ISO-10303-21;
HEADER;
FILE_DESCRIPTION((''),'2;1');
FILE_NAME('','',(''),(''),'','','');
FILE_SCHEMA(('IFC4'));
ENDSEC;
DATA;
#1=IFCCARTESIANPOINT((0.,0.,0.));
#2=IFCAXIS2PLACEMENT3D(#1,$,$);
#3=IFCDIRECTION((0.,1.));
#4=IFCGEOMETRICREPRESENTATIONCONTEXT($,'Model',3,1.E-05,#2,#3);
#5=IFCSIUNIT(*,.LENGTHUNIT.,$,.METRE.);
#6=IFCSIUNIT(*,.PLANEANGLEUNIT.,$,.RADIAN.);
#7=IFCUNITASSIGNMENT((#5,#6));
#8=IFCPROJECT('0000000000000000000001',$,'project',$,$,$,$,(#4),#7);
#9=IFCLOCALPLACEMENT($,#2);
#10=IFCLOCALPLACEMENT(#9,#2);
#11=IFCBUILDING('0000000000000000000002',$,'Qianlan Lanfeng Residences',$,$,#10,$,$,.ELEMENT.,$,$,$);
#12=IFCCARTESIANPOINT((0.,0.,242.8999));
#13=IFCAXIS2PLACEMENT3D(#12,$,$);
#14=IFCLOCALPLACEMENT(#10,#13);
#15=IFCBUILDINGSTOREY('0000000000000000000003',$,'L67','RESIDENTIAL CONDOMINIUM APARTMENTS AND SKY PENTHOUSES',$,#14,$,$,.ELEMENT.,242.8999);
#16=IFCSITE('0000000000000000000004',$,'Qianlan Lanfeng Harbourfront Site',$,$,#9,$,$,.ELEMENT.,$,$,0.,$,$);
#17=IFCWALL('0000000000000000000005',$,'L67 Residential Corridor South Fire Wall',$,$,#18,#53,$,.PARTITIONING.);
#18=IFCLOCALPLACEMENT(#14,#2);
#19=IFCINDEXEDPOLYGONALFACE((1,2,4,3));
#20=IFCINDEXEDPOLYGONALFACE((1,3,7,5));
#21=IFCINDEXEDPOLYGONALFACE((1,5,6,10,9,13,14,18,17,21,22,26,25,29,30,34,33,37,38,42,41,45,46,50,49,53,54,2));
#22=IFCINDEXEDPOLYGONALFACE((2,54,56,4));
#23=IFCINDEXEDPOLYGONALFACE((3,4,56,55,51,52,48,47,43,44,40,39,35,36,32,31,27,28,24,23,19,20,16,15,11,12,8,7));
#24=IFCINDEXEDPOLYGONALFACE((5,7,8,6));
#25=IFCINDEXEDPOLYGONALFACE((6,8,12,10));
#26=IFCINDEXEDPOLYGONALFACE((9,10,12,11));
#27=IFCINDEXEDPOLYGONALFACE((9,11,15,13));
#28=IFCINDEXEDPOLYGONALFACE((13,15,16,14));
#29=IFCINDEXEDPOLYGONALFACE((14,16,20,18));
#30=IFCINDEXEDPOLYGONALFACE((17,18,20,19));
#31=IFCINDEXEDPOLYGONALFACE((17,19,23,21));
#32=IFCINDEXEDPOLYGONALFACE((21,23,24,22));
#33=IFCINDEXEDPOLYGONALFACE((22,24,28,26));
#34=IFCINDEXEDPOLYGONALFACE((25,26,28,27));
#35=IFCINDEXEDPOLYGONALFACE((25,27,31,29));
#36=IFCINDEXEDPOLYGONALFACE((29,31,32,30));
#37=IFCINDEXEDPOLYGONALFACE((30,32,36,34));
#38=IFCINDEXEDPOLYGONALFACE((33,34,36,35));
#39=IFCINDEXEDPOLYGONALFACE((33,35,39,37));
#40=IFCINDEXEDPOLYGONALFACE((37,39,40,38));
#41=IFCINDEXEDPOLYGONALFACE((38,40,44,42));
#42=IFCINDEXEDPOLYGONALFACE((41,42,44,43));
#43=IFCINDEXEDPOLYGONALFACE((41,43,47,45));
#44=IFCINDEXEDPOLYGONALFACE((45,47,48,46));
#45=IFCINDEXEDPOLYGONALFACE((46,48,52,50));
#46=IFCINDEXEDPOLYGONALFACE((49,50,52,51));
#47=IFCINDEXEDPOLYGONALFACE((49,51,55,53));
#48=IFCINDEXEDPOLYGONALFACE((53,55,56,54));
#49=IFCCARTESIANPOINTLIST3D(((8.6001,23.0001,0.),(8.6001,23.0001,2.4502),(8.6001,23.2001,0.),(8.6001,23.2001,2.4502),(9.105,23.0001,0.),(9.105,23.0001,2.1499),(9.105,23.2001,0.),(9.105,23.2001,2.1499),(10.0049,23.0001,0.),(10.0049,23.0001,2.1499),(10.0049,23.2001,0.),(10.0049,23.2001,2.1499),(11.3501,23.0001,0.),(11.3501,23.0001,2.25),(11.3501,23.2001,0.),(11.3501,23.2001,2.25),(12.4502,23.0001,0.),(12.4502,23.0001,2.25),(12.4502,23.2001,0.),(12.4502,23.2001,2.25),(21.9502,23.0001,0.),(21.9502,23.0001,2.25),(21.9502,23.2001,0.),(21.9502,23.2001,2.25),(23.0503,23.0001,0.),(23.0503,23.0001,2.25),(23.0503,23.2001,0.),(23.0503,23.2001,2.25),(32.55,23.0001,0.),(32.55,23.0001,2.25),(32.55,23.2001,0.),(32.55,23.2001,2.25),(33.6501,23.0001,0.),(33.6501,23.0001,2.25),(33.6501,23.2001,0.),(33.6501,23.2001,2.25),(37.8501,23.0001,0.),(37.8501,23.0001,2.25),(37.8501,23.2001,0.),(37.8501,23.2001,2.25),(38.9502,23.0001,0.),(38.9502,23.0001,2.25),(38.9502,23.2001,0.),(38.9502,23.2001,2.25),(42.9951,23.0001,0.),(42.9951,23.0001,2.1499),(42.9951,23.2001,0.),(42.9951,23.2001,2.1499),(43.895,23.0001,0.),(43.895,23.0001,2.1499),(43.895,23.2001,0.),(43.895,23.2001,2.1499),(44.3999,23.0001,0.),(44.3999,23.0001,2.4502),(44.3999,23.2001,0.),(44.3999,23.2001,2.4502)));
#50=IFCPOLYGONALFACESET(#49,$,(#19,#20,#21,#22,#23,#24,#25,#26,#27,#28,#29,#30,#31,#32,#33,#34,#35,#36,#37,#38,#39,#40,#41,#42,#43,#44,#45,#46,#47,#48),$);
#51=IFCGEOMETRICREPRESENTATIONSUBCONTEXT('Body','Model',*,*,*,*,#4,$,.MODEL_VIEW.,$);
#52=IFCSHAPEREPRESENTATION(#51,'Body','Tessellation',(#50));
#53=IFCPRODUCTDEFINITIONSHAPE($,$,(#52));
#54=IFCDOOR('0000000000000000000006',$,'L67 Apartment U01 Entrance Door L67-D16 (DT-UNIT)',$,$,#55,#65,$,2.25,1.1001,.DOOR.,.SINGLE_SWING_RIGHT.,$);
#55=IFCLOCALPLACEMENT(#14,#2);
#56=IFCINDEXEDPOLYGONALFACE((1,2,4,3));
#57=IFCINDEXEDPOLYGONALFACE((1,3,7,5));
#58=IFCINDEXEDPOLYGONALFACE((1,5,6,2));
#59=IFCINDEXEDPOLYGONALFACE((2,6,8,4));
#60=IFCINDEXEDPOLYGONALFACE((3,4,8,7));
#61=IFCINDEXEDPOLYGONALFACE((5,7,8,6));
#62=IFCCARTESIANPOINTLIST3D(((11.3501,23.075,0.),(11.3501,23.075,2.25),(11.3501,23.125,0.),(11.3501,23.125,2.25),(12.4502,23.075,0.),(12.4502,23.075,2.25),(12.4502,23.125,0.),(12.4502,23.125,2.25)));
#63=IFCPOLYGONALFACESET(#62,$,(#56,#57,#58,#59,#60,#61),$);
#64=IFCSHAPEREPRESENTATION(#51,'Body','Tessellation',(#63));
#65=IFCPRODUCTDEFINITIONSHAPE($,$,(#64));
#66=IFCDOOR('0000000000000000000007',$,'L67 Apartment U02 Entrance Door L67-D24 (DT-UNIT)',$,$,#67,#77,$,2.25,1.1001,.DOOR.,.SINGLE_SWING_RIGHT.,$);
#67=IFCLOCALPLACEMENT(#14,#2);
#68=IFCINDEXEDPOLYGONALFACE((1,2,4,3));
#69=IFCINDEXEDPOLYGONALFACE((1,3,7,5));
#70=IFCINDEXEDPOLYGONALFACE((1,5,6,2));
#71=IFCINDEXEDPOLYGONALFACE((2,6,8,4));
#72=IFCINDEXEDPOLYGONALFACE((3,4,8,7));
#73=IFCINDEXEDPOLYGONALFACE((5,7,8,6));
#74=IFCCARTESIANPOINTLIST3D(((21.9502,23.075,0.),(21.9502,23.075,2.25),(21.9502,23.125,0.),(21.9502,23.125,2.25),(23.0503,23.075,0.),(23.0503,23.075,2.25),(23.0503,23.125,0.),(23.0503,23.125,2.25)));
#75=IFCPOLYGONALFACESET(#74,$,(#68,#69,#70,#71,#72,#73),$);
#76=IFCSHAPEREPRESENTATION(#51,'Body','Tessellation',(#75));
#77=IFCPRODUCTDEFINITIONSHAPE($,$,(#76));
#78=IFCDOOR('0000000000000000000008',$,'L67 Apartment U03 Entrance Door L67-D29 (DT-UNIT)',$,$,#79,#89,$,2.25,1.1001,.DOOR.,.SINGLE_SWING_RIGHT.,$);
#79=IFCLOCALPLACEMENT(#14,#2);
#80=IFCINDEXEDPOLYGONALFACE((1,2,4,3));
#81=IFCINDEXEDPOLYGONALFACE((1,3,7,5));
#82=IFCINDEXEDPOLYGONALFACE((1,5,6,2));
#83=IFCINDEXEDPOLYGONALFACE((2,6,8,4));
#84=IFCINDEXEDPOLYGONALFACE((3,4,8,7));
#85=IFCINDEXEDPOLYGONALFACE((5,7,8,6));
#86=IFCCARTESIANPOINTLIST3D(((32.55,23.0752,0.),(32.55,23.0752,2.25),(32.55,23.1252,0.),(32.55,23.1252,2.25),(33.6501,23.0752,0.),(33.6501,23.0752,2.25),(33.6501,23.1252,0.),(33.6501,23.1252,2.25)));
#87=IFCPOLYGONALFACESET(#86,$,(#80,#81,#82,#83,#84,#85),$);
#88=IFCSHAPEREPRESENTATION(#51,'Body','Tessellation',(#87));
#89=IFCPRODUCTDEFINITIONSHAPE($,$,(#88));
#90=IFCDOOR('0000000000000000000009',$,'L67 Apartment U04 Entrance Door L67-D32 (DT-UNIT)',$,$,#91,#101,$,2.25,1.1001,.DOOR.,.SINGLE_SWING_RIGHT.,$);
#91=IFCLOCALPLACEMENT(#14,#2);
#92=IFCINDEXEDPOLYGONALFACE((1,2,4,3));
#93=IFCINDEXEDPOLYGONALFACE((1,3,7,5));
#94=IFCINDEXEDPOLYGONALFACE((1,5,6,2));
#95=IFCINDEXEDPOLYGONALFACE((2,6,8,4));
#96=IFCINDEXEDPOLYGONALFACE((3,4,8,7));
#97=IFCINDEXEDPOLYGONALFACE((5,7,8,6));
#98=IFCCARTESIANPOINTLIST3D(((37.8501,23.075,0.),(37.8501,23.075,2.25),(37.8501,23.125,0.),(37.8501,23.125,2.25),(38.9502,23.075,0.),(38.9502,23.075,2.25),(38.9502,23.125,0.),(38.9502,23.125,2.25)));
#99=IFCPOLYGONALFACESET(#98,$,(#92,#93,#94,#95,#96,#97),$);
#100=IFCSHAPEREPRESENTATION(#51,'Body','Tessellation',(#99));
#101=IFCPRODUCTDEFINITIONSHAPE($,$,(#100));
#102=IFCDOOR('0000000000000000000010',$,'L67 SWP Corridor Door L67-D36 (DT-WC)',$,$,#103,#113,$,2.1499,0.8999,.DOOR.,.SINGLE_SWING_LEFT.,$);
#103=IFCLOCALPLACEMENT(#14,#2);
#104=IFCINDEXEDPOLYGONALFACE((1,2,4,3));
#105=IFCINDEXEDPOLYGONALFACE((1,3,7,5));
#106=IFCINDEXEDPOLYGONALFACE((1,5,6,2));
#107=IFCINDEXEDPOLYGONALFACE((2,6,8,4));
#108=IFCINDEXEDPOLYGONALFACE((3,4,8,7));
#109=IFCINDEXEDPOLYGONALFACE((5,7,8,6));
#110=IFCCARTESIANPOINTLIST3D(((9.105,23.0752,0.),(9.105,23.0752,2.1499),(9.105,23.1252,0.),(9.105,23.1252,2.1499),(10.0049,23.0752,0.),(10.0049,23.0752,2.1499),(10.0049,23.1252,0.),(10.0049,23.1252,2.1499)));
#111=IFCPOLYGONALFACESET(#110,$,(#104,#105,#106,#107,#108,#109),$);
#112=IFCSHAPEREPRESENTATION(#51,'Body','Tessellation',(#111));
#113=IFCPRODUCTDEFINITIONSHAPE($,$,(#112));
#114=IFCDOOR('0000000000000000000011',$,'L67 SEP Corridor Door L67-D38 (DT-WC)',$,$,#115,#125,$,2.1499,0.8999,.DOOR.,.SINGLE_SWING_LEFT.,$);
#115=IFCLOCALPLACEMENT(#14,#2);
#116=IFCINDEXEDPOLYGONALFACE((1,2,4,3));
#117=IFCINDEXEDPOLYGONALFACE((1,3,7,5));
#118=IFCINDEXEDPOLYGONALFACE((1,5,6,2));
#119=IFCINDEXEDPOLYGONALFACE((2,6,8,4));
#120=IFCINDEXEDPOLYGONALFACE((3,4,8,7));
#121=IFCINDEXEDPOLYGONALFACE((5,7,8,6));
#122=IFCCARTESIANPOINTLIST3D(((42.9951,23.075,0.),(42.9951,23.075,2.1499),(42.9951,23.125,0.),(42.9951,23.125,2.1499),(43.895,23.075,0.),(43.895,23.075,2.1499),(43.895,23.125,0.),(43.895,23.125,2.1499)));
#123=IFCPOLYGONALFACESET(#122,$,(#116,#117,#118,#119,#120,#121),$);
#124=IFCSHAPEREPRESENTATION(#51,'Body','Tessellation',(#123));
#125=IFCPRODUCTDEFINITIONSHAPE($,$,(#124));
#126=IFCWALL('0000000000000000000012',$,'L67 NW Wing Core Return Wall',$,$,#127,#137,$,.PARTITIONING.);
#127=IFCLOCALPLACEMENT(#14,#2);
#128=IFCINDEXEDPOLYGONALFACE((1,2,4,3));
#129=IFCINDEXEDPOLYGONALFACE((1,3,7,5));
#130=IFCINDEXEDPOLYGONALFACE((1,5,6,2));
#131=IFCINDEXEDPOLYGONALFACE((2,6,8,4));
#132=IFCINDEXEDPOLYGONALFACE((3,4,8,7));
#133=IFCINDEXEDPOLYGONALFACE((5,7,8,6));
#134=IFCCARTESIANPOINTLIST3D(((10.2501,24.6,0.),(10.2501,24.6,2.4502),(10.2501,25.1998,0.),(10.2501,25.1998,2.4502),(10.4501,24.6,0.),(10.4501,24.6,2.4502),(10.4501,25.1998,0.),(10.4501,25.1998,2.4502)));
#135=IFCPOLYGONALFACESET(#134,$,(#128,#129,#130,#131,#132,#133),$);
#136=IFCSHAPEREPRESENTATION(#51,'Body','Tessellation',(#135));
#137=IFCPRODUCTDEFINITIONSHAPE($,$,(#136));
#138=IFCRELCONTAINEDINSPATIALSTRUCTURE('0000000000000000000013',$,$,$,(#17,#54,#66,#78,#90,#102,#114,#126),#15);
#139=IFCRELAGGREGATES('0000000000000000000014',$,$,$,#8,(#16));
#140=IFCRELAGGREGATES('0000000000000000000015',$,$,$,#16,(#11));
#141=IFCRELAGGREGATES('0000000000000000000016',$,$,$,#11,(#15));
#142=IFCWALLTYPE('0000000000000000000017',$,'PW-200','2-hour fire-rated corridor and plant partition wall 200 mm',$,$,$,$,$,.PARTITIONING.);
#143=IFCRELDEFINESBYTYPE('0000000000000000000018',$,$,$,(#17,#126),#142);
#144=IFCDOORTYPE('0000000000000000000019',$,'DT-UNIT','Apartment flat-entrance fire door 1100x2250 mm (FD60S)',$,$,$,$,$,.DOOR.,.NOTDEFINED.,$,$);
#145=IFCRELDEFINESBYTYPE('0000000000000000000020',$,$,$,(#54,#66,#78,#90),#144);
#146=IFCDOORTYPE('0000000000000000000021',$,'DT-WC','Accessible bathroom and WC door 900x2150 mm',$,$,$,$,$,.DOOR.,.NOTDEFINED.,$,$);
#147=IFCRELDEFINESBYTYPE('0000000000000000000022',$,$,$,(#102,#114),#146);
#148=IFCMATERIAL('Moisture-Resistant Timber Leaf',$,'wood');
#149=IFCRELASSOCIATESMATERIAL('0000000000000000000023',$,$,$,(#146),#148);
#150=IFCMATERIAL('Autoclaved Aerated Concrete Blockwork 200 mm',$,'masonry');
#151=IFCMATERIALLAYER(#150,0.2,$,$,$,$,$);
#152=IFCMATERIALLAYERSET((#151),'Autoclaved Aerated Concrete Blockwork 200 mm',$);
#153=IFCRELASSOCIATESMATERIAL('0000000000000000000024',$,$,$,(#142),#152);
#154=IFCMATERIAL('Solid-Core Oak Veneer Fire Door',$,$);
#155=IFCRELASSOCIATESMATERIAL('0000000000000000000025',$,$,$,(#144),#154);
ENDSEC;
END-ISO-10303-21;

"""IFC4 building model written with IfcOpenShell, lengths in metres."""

from ifc_helpers import new_model, si_unit, direction, frame, frame_2d, origin, place, context, subcontext, project, spatial, rectangle, extrude, material, layer, layer_set, type_object, element, fill, save


model = new_model("IFC4")

# Units and contexts
model_context = context("Model", 3, precision=1e-05, world=origin(), true_north=direction((0.0, 1.0)))
body_context = subcontext(model_context, "Body", "Model", "MODEL_VIEW")
ifc_project = project(units=[si_unit("LENGTHUNIT", "METRE"), si_unit("PLANEANGLEUNIT", "RADIAN")], contexts=[model_context])

# Site, building, storey
site_placement = place(None, origin())
site = spatial("IfcSite", under=ifc_project, at=site_placement, Name="Qianlan Lanfeng Harbourfront Site", CompositionType="ELEMENT", RefElevation=0.0)
building_placement = place(site_placement, origin())
building = spatial("IfcBuilding", under=site, at=building_placement, Name="Qianlan Lanfeng Residences", CompositionType="ELEMENT")
storey_placement = place(building_placement, frame((0.0, 0.0, 242.8999)))
storey = spatial("IfcBuildingStorey", under=building, at=storey_placement, Name="L67", Description="RESIDENTIAL CONDOMINIUM APARTMENTS AND SKY PENTHOUSES", CompositionType="ELEMENT", Elevation=242.8999)

# Shared definitions
ifc_material_1 = material(Name="Moisture-Resistant Timber Leaf", Category="wood")
door_type_1 = type_object("IfcDoorType", Name="DT-WC", Description="Accessible bathroom and WC door 900x2150 mm", OperationType="NOTDEFINED", PredefinedType="DOOR", material=ifc_material_1)

# Wall, openings, doors
ifc_material_2 = material(Name="Autoclaved Aerated Concrete Blockwork 200 mm", Category="masonry")
ifc_layer_1 = layer(ifc_material_2, 0.2)
ifc_layer_set_1 = layer_set([ifc_layer_1], Name="Autoclaved Aerated Concrete Blockwork 200 mm")
wall_type_1 = type_object("IfcWallType", Name="PW-200", Description="2-hour fire-rated corridor and plant partition wall 200 mm", PredefinedType="PARTITIONING", material=ifc_layer_set_1)
wall_1_placement = place(storey_placement, frame((8.6001, 23.1001, 0.0), z_axis=(0.0, 0.0, 1.0), x_axis=(1.0, 0.0, 0.0)))
wall_1 = element("IfcWall", 1, at=wall_1_placement, inside=storey, type_object=wall_type_1, Name="L67 Residential Corridor South Fire Wall", PredefinedType="PARTITIONING", context=body_context, shape_type="SweptSolid", body=[
    extrude(rectangle(XDim=35.7998, YDim=0.2, at=frame_2d((17.8999, 0.0))), origin(), (0.0, 0.0, 1.0), 2.4502),
])
opening_1_placement = place(wall_1_placement, frame((2.75, 0.0, 0.0)))
opening_1 = element("IfcOpeningElement", 2, at=opening_1_placement, cuts=wall_1, PredefinedType="OPENING", context=body_context, shape_type="SweptSolid", body=[
    extrude(rectangle(XDim=1.1001, YDim=2.25, at=frame_2d((0.55, 1.125))), frame((0.0, 0.1099, 0.0), z_axis=(0.0, -1.0, 0.0), x_axis=(1.0, 0.0, 0.0)), (0.0, 0.0, 1.0), 0.22),
])
opening_2_placement = place(wall_1_placement, frame((13.3501, 0.0, 0.0)))
opening_2 = element("IfcOpeningElement", 3, at=opening_2_placement, cuts=wall_1, PredefinedType="OPENING", context=body_context, shape_type="SweptSolid", body=[
    extrude(rectangle(XDim=1.1001, YDim=2.25, at=frame_2d((0.55, 1.125))), frame((0.0, 0.1099, 0.0), z_axis=(0.0, -1.0, 0.0), x_axis=(1.0, 0.0, 0.0)), (0.0, 0.0, 1.0), 0.22),
])
opening_3_placement = place(wall_1_placement, frame((23.95, 0.0, 0.0)))
opening_3 = element("IfcOpeningElement", 4, at=opening_3_placement, cuts=wall_1, PredefinedType="OPENING", context=body_context, shape_type="SweptSolid", body=[
    extrude(rectangle(XDim=1.1001, YDim=2.25, at=frame_2d((0.55, 1.125))), frame((0.0, 0.1099, 0.0), z_axis=(0.0, -1.0, 0.0), x_axis=(1.0, 0.0, 0.0)), (0.0, 0.0, 1.0), 0.22),
])
opening_4_placement = place(wall_1_placement, frame((29.25, 0.0, 0.0)))
opening_4 = element("IfcOpeningElement", 5, at=opening_4_placement, cuts=wall_1, PredefinedType="OPENING", context=body_context, shape_type="SweptSolid", body=[
    extrude(rectangle(XDim=1.1001, YDim=2.25, at=frame_2d((0.55, 1.125))), frame((0.0, 0.1099, 0.0), z_axis=(0.0, -1.0, 0.0), x_axis=(1.0, 0.0, 0.0)), (0.0, 0.0, 1.0), 0.22),
])
opening_5_placement = place(wall_1_placement, frame((0.5049, 0.0, 0.0)))
opening_5 = element("IfcOpeningElement", 6, at=opening_5_placement, cuts=wall_1, PredefinedType="OPENING", context=body_context, shape_type="SweptSolid", body=[
    extrude(rectangle(XDim=0.8999, YDim=2.1499, at=frame_2d((0.45, 1.075))), frame((0.0, 0.1099, 0.0), z_axis=(0.0, -1.0, 0.0), x_axis=(1.0, 0.0, 0.0)), (0.0, 0.0, 1.0), 0.22),
])
opening_6_placement = place(wall_1_placement, frame((34.395, 0.0, 0.0)))
opening_6 = element("IfcOpeningElement", 7, at=opening_6_placement, cuts=wall_1, PredefinedType="OPENING", context=body_context, shape_type="SweptSolid", body=[
    extrude(rectangle(XDim=0.8999, YDim=2.1499, at=frame_2d((0.45, 1.075))), frame((0.0, 0.1099, 0.0), z_axis=(0.0, -1.0, 0.0), x_axis=(1.0, 0.0, 0.0)), (0.0, 0.0, 1.0), 0.22),
])
ifc_material_3 = material(Name="Solid-Core Oak Veneer Fire Door")
door_type_2 = type_object("IfcDoorType", Name="DT-UNIT", Description="Apartment flat-entrance fire door 1100x2250 mm (FD60S)", OperationType="NOTDEFINED", PredefinedType="DOOR", material=ifc_material_3)
door_1_placement = place(opening_1_placement, origin())
door_1 = element("IfcDoor", 8, at=door_1_placement, inside=storey, type_object=door_type_2, Name="L67 Apartment U01 Entrance Door L67-D16 (DT-UNIT)", OperationType="SINGLE_SWING_RIGHT", OverallHeight=2.25, OverallWidth=1.1001, PredefinedType="DOOR", context=body_context, shape_type="SweptSolid", body=[
    extrude(rectangle(XDim=1.1001, YDim=2.25, at=frame_2d((0.55, 1.125))), frame((0.0, 0.0249, 0.0), z_axis=(0.0, -1.0, 0.0), x_axis=(1.0, 0.0, 0.0)), (0.0, 0.0, 1.0), 0.05),
])
fill(opening_1, door_1)
door_2_placement = place(opening_2_placement, origin())
door_2 = element("IfcDoor", 9, at=door_2_placement, inside=storey, type_object=door_type_2, Name="L67 Apartment U02 Entrance Door L67-D24 (DT-UNIT)", OperationType="SINGLE_SWING_RIGHT", OverallHeight=2.25, OverallWidth=1.1001, PredefinedType="DOOR", context=body_context, shape_type="SweptSolid", body=[
    extrude(rectangle(XDim=1.1001, YDim=2.25, at=frame_2d((0.55, 1.125))), frame((0.0, 0.0249, 0.0), z_axis=(0.0, -1.0, 0.0), x_axis=(1.0, 0.0, 0.0)), (0.0, 0.0, 1.0), 0.05),
])
fill(opening_2, door_2)
door_3_placement = place(opening_3_placement, frame((1.1001, 0.0, 0.0), z_axis=(0.0, 0.0, 1.0), x_axis=(-1.0, 0.0, 0.0)))
door_3 = element("IfcDoor", 10, at=door_3_placement, inside=storey, type_object=door_type_2, Name="L67 Apartment U03 Entrance Door L67-D29 (DT-UNIT)", OperationType="SINGLE_SWING_RIGHT", OverallHeight=2.25, OverallWidth=1.1001, PredefinedType="DOOR", context=body_context, shape_type="SweptSolid", body=[
    extrude(rectangle(XDim=1.1001, YDim=2.25, at=frame_2d((0.55, 1.125))), frame((0.0, 0.0249, 0.0), z_axis=(0.0, -1.0, 0.0), x_axis=(1.0, 0.0, 0.0)), (0.0, 0.0, 1.0), 0.05),
])
fill(opening_3, door_3)
door_4_placement = place(opening_4_placement, origin())
door_4 = element("IfcDoor", 11, at=door_4_placement, inside=storey, type_object=door_type_2, Name="L67 Apartment U04 Entrance Door L67-D32 (DT-UNIT)", OperationType="SINGLE_SWING_RIGHT", OverallHeight=2.25, OverallWidth=1.1001, PredefinedType="DOOR", context=body_context, shape_type="SweptSolid", body=[
    extrude(rectangle(XDim=1.1001, YDim=2.25, at=frame_2d((0.55, 1.125))), frame((0.0, 0.0249, 0.0), z_axis=(0.0, -1.0, 0.0), x_axis=(1.0, 0.0, 0.0)), (0.0, 0.0, 1.0), 0.05),
])
fill(opening_4, door_4)
door_5_placement = place(opening_5_placement, frame((0.8999, 0.0, 0.0), z_axis=(0.0, 0.0, 1.0), x_axis=(-1.0, 0.0, 0.0)))
door_5 = element("IfcDoor", 12, at=door_5_placement, inside=storey, type_object=door_type_1, Name="L67 SWP Corridor Door L67-D36 (DT-WC)", OperationType="SINGLE_SWING_LEFT", OverallHeight=2.1499, OverallWidth=0.8999, PredefinedType="DOOR", context=body_context, shape_type="SweptSolid", body=[
    extrude(rectangle(XDim=0.8999, YDim=2.1499, at=frame_2d((0.45, 1.075))), frame((0.0, 0.0249, 0.0), z_axis=(0.0, -1.0, 0.0), x_axis=(1.0, 0.0, 0.0)), (0.0, 0.0, 1.0), 0.05),
])
fill(opening_5, door_5)
door_6_placement = place(opening_6_placement, origin())
door_6 = element("IfcDoor", 13, at=door_6_placement, inside=storey, type_object=door_type_1, Name="L67 SEP Corridor Door L67-D38 (DT-WC)", OperationType="SINGLE_SWING_LEFT", OverallHeight=2.1499, OverallWidth=0.8999, PredefinedType="DOOR", context=body_context, shape_type="SweptSolid", body=[
    extrude(rectangle(XDim=0.8999, YDim=2.1499, at=frame_2d((0.45, 1.075))), frame((0.0, 0.0249, 0.0), z_axis=(0.0, -1.0, 0.0), x_axis=(1.0, 0.0, 0.0)), (0.0, 0.0, 1.0), 0.05),
])
fill(opening_6, door_6)

# Wall
wall_2_placement = place(storey_placement, frame((10.3501, 24.6001, 0.0), z_axis=(0.0, 0.0, 1.0), x_axis=(0.0, 1.0, 0.0)))
element("IfcWall", 14, at=wall_2_placement, inside=storey, type_object=wall_type_1, Name="L67 NW Wing Core Return Wall", PredefinedType="PARTITIONING", context=body_context, shape_type="SweptSolid", body=[
    extrude(rectangle(XDim=0.5999, YDim=0.2, at=frame_2d((0.2998, 0.0))), origin(), (0.0, 0.0, 1.0), 2.4502),
])

save(model, "model.ifc")
